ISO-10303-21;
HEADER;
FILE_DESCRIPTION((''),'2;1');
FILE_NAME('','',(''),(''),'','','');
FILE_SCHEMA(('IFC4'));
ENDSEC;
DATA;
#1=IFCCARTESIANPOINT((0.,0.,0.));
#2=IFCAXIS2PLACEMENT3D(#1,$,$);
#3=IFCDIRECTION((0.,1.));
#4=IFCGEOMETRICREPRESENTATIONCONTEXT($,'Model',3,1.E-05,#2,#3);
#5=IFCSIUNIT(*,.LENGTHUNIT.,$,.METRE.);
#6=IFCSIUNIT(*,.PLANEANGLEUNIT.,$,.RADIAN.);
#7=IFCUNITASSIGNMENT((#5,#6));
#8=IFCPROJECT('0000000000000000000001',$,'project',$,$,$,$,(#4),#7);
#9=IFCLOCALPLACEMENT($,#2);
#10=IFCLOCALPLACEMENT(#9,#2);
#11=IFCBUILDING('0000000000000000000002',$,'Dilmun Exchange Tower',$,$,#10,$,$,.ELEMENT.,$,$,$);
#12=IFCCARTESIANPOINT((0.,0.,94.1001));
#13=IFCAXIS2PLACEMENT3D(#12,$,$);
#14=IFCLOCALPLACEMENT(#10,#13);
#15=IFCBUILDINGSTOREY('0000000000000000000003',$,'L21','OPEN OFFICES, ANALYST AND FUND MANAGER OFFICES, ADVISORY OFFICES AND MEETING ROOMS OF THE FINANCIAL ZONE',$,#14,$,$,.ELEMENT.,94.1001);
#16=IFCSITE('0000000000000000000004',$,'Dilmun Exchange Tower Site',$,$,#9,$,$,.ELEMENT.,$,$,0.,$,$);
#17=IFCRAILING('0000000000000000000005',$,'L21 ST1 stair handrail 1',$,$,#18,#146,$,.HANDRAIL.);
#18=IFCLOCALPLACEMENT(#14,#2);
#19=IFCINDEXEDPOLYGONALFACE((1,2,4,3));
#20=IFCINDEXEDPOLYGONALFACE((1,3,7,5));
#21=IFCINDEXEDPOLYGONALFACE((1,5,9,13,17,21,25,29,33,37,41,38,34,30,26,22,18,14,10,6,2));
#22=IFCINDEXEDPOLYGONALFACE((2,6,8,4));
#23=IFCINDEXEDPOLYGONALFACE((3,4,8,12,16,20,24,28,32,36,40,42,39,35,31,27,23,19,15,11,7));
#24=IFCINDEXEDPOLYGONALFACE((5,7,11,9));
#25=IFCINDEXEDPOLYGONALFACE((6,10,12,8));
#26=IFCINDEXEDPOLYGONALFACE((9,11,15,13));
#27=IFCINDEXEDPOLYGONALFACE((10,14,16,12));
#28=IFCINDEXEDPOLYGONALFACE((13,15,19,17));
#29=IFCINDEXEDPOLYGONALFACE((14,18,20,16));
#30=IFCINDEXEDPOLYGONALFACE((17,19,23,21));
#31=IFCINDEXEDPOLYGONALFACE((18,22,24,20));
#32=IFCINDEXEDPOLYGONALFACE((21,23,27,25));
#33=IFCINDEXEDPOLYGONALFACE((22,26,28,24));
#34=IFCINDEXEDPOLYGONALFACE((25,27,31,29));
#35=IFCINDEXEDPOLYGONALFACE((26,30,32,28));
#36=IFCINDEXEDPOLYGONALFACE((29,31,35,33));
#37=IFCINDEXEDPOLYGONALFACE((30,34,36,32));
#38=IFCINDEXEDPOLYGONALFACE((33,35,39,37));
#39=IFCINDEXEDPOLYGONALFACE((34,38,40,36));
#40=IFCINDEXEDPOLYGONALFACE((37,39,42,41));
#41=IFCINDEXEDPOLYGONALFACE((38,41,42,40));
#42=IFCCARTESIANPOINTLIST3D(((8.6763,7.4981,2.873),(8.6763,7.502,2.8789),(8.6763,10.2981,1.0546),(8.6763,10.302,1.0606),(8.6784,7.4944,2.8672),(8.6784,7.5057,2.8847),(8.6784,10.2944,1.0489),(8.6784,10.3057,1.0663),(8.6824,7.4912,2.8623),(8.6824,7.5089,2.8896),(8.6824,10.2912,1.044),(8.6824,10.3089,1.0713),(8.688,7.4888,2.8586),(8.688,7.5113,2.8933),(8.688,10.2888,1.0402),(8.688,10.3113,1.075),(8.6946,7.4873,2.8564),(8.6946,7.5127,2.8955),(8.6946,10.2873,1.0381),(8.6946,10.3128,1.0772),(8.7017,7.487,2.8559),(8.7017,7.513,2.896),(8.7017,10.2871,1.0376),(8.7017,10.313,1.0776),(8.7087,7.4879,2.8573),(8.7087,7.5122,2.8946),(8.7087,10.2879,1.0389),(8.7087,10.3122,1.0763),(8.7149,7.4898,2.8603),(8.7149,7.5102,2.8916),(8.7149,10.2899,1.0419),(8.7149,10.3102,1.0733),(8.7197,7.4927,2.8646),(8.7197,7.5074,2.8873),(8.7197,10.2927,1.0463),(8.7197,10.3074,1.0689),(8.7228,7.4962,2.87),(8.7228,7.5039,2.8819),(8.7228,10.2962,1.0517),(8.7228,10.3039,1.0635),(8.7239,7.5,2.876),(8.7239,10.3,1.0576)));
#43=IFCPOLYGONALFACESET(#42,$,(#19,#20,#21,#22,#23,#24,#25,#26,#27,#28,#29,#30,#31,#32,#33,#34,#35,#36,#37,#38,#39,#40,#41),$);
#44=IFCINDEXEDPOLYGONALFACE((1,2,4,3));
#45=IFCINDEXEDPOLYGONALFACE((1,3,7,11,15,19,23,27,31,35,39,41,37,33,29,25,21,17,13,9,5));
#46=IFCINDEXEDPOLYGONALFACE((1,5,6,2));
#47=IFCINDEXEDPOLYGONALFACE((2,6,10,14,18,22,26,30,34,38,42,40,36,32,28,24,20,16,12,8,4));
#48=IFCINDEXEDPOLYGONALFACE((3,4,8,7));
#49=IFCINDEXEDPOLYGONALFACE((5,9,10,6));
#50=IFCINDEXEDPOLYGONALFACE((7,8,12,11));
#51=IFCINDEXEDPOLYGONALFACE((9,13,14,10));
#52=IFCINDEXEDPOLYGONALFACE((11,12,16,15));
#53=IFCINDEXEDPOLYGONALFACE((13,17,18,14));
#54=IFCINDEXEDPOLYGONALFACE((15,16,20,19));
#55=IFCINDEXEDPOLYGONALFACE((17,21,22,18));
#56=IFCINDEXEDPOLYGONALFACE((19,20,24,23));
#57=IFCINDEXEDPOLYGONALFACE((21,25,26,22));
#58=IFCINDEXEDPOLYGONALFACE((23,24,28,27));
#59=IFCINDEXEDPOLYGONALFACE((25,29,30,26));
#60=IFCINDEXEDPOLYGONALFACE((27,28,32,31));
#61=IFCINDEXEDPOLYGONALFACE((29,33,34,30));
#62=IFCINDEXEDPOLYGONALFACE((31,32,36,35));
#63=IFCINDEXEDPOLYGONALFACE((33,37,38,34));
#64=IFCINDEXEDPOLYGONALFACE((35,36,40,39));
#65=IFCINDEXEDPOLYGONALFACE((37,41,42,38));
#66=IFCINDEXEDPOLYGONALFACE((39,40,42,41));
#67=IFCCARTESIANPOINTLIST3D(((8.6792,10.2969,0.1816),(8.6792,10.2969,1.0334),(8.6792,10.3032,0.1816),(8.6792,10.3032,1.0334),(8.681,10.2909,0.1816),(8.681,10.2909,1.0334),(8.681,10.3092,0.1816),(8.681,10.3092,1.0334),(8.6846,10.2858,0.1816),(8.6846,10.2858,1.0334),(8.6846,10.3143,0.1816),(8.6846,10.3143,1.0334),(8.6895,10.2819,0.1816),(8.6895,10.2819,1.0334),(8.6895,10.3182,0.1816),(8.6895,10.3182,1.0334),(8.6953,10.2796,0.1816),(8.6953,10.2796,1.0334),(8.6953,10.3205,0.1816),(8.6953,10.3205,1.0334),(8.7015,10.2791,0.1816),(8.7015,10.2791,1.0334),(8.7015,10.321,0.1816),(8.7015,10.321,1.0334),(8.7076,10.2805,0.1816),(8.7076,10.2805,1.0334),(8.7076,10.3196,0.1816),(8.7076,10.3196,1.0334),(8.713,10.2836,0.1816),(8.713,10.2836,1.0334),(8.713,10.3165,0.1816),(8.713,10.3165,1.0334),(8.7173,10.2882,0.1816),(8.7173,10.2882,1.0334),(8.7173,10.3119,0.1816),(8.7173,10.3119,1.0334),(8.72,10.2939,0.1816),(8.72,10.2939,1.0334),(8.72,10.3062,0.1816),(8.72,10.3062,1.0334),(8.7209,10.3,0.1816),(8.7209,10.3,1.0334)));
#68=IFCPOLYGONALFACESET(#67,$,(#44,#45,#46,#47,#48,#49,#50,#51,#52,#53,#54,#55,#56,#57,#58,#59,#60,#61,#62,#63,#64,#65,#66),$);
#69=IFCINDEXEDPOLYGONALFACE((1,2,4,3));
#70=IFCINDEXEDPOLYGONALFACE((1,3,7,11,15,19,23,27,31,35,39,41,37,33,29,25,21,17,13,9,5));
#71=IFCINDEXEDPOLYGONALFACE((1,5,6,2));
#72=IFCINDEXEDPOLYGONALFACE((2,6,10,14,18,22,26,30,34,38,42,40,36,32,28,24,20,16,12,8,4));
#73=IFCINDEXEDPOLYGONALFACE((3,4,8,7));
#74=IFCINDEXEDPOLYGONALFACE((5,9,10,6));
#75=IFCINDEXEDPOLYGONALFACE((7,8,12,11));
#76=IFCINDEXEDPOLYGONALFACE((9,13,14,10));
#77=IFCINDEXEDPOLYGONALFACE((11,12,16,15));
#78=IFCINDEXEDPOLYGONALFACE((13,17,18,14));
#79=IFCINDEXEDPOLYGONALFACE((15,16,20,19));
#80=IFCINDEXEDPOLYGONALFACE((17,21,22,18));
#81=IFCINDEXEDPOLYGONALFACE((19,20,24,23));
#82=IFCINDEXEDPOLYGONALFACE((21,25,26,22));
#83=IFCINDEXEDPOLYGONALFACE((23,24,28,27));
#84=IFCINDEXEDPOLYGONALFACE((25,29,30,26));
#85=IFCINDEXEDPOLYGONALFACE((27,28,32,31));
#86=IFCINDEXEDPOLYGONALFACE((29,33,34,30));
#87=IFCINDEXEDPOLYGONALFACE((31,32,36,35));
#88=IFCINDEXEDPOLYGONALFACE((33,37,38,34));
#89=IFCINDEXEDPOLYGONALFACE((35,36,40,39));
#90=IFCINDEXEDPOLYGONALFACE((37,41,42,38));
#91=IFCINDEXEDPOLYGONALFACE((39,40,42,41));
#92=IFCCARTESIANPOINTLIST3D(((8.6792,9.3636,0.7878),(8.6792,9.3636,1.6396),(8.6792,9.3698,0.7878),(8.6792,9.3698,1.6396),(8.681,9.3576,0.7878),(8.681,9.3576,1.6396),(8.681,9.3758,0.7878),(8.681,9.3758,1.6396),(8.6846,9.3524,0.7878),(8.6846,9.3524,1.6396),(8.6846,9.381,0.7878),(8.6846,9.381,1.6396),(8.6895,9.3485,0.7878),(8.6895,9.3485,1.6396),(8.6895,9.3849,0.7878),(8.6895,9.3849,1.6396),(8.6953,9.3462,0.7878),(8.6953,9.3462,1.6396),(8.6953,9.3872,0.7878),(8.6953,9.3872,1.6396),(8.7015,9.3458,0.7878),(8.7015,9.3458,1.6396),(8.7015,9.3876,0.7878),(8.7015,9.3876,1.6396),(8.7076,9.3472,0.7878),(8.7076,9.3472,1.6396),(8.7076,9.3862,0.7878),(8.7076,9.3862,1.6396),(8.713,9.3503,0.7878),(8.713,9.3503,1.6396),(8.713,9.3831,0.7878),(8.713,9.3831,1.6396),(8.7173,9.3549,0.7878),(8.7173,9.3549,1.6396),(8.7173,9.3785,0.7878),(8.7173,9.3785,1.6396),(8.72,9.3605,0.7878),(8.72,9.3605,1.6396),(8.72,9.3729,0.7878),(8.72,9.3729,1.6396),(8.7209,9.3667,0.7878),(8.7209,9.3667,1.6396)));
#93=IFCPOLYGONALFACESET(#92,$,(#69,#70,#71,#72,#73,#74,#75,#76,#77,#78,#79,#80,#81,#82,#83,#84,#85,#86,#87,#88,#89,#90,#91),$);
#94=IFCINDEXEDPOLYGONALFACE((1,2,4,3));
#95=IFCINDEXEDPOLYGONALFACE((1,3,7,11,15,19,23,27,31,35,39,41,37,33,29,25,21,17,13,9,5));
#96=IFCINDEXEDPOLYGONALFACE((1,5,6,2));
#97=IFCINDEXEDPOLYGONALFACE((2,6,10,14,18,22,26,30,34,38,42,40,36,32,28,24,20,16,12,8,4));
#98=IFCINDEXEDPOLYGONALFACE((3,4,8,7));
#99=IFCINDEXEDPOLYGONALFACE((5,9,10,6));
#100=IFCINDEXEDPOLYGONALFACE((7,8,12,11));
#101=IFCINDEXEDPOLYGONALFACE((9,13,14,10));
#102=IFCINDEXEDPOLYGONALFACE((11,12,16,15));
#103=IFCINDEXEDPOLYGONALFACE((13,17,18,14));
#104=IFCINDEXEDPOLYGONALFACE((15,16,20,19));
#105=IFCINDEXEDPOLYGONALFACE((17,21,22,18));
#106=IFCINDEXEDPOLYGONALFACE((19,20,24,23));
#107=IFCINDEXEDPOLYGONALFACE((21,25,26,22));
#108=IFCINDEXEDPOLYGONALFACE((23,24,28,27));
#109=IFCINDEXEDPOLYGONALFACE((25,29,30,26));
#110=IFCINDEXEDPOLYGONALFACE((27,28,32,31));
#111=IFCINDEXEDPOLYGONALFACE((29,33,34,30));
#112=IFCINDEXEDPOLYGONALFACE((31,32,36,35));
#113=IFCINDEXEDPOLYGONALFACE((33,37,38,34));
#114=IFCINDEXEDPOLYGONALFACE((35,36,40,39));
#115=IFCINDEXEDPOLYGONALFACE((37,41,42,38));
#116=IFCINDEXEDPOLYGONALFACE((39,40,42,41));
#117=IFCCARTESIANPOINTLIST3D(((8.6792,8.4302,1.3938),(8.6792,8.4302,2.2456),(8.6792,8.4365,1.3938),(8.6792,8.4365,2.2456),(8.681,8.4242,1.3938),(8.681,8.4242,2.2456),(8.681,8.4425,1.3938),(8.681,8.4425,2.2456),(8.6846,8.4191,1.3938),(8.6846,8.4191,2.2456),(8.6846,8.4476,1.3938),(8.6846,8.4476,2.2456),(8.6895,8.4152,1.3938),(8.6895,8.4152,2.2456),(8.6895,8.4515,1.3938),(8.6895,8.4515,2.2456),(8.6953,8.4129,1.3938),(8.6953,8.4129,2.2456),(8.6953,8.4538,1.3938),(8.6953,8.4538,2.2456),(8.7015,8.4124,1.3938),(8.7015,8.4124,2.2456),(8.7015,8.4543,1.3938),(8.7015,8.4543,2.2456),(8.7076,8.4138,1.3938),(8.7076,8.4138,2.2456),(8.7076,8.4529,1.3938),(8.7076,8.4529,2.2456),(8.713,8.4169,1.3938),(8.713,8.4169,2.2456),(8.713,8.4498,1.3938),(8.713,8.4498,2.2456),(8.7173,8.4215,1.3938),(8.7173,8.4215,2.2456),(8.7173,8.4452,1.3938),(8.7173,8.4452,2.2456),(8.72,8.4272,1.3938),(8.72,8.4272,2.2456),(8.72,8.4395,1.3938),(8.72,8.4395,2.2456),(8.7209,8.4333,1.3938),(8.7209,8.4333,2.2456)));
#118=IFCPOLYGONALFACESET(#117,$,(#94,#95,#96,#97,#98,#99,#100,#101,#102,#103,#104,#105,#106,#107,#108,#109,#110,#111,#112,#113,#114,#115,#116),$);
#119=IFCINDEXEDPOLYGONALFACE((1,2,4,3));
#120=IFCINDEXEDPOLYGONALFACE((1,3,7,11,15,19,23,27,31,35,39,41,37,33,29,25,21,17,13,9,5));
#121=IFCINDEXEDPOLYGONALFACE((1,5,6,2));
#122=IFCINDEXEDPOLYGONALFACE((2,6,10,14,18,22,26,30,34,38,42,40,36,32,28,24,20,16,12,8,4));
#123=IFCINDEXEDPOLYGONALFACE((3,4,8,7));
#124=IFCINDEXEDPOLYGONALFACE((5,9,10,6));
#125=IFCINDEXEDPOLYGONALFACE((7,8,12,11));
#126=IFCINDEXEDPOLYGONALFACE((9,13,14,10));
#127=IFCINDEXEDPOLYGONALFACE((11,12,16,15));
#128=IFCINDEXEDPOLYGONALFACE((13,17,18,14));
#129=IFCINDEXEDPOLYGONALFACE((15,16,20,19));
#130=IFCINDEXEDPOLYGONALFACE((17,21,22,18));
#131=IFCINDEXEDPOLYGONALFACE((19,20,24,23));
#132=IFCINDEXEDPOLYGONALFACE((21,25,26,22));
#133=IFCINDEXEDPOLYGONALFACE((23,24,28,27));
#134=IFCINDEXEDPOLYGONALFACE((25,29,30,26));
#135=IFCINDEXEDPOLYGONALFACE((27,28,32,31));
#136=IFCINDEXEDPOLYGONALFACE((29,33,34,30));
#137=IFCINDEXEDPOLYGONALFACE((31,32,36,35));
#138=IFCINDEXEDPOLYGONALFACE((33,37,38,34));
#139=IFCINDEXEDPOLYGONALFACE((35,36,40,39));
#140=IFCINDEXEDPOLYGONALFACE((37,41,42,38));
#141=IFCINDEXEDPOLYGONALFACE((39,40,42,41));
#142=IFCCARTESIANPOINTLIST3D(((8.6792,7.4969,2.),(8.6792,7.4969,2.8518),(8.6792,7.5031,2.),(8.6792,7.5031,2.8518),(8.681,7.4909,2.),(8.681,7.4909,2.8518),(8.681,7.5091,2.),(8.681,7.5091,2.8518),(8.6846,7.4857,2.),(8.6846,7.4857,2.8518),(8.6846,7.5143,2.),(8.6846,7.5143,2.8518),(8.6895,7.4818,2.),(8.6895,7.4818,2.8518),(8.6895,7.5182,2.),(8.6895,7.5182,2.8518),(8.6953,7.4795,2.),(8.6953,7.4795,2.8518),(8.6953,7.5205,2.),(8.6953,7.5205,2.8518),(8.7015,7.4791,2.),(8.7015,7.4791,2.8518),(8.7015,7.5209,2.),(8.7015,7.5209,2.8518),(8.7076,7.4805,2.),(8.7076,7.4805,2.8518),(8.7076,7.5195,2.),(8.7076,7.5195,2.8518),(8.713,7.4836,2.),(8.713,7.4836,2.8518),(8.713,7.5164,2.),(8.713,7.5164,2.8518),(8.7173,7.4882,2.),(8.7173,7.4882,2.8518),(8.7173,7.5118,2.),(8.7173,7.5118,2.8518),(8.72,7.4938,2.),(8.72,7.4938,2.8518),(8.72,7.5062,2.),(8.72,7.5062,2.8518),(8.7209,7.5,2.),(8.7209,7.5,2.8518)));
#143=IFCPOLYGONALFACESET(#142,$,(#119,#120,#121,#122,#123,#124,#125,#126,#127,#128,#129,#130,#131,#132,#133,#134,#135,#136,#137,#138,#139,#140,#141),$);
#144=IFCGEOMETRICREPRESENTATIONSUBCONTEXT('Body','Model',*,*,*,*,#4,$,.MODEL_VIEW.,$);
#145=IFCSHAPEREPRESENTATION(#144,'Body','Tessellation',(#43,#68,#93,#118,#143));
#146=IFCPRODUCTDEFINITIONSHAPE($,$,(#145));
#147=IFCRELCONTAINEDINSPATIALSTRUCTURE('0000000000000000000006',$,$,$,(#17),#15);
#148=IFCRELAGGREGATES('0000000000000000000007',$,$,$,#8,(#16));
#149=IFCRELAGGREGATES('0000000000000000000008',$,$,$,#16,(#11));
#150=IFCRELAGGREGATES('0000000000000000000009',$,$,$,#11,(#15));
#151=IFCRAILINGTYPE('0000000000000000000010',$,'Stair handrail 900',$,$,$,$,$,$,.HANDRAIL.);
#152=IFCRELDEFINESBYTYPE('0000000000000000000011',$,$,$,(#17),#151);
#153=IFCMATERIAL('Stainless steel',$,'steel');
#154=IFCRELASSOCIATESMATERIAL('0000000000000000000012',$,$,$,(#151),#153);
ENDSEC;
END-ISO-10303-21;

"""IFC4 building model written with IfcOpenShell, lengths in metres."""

from ifc_helpers import new_model, si_unit, direction, frame, origin, origin_2d, place, context, subcontext, project, spatial, circle, extrude, material, type_object, element, save


model = new_model("IFC4")

# Units and contexts
model_context = context("Model", 3, precision=1e-05, world=origin(), true_north=direction((0.0, 1.0)))
body_context = subcontext(model_context, "Body", "Model", "MODEL_VIEW")
ifc_project = project(units=[si_unit("LENGTHUNIT", "METRE"), si_unit("PLANEANGLEUNIT", "RADIAN")], contexts=[model_context])

# Site, building, storey
site_placement = place(None, origin())
site = spatial("IfcSite", under=ifc_project, at=site_placement, Name="Dilmun Exchange Tower Site", CompositionType="ELEMENT", RefElevation=0.0)
building_placement = place(site_placement, origin())
building = spatial("IfcBuilding", under=site, at=building_placement, Name="Dilmun Exchange Tower", CompositionType="ELEMENT")
storey_placement = place(building_placement, frame((0.0, 0.0, 94.1001)))
storey = spatial("IfcBuildingStorey", under=building, at=storey_placement, Name="L21", Description="OPEN OFFICES, ANALYST AND FUND MANAGER OFFICES, ADVISORY OFFICES AND MEETING ROOMS OF THE FINANCIAL ZONE", CompositionType="ELEMENT", Elevation=94.1001)

# Railing
ifc_material_1 = material(Name="Stainless steel", Category="steel")
railing_type = type_object("IfcRailingType", Name="Stair handrail 900", PredefinedType="HANDRAIL", material=ifc_material_1)
railing_1_placement = place(storey_placement, frame((8.7, 10.3, 0.1816)))
element("IfcRailing", 1, at=railing_1_placement, inside=storey, type_object=railing_type, Name="L21 ST1 stair handrail 1", PredefinedType="HANDRAIL", context=body_context, shape_type="SweptSolid", body=[
    extrude(circle(Radius=0.0239, at=origin_2d()), frame((0.0, 0.0, 0.876), z_axis=(0.0, -0.838672, 0.544636), x_axis=(1.0, 0.0, 0.0)), (0.0, 0.0, 1.0), 3.3386),
    extrude(circle(Radius=0.021, at=origin_2d()), origin(), (0.0, 0.0, 1.0), 0.8518),
    extrude(circle(Radius=0.021, at=origin_2d()), frame((0.0, -0.9333, 0.6062)), (0.0, 0.0, 1.0), 0.8518),
    extrude(circle(Radius=0.021, at=origin_2d()), frame((0.0, -1.8667, 1.2122)), (0.0, 0.0, 1.0), 0.8518),
    extrude(circle(Radius=0.021, at=origin_2d()), frame((0.0, -2.8, 1.8184)), (0.0, 0.0, 1.0), 0.8518),
])

save(model, "model.ifc")
